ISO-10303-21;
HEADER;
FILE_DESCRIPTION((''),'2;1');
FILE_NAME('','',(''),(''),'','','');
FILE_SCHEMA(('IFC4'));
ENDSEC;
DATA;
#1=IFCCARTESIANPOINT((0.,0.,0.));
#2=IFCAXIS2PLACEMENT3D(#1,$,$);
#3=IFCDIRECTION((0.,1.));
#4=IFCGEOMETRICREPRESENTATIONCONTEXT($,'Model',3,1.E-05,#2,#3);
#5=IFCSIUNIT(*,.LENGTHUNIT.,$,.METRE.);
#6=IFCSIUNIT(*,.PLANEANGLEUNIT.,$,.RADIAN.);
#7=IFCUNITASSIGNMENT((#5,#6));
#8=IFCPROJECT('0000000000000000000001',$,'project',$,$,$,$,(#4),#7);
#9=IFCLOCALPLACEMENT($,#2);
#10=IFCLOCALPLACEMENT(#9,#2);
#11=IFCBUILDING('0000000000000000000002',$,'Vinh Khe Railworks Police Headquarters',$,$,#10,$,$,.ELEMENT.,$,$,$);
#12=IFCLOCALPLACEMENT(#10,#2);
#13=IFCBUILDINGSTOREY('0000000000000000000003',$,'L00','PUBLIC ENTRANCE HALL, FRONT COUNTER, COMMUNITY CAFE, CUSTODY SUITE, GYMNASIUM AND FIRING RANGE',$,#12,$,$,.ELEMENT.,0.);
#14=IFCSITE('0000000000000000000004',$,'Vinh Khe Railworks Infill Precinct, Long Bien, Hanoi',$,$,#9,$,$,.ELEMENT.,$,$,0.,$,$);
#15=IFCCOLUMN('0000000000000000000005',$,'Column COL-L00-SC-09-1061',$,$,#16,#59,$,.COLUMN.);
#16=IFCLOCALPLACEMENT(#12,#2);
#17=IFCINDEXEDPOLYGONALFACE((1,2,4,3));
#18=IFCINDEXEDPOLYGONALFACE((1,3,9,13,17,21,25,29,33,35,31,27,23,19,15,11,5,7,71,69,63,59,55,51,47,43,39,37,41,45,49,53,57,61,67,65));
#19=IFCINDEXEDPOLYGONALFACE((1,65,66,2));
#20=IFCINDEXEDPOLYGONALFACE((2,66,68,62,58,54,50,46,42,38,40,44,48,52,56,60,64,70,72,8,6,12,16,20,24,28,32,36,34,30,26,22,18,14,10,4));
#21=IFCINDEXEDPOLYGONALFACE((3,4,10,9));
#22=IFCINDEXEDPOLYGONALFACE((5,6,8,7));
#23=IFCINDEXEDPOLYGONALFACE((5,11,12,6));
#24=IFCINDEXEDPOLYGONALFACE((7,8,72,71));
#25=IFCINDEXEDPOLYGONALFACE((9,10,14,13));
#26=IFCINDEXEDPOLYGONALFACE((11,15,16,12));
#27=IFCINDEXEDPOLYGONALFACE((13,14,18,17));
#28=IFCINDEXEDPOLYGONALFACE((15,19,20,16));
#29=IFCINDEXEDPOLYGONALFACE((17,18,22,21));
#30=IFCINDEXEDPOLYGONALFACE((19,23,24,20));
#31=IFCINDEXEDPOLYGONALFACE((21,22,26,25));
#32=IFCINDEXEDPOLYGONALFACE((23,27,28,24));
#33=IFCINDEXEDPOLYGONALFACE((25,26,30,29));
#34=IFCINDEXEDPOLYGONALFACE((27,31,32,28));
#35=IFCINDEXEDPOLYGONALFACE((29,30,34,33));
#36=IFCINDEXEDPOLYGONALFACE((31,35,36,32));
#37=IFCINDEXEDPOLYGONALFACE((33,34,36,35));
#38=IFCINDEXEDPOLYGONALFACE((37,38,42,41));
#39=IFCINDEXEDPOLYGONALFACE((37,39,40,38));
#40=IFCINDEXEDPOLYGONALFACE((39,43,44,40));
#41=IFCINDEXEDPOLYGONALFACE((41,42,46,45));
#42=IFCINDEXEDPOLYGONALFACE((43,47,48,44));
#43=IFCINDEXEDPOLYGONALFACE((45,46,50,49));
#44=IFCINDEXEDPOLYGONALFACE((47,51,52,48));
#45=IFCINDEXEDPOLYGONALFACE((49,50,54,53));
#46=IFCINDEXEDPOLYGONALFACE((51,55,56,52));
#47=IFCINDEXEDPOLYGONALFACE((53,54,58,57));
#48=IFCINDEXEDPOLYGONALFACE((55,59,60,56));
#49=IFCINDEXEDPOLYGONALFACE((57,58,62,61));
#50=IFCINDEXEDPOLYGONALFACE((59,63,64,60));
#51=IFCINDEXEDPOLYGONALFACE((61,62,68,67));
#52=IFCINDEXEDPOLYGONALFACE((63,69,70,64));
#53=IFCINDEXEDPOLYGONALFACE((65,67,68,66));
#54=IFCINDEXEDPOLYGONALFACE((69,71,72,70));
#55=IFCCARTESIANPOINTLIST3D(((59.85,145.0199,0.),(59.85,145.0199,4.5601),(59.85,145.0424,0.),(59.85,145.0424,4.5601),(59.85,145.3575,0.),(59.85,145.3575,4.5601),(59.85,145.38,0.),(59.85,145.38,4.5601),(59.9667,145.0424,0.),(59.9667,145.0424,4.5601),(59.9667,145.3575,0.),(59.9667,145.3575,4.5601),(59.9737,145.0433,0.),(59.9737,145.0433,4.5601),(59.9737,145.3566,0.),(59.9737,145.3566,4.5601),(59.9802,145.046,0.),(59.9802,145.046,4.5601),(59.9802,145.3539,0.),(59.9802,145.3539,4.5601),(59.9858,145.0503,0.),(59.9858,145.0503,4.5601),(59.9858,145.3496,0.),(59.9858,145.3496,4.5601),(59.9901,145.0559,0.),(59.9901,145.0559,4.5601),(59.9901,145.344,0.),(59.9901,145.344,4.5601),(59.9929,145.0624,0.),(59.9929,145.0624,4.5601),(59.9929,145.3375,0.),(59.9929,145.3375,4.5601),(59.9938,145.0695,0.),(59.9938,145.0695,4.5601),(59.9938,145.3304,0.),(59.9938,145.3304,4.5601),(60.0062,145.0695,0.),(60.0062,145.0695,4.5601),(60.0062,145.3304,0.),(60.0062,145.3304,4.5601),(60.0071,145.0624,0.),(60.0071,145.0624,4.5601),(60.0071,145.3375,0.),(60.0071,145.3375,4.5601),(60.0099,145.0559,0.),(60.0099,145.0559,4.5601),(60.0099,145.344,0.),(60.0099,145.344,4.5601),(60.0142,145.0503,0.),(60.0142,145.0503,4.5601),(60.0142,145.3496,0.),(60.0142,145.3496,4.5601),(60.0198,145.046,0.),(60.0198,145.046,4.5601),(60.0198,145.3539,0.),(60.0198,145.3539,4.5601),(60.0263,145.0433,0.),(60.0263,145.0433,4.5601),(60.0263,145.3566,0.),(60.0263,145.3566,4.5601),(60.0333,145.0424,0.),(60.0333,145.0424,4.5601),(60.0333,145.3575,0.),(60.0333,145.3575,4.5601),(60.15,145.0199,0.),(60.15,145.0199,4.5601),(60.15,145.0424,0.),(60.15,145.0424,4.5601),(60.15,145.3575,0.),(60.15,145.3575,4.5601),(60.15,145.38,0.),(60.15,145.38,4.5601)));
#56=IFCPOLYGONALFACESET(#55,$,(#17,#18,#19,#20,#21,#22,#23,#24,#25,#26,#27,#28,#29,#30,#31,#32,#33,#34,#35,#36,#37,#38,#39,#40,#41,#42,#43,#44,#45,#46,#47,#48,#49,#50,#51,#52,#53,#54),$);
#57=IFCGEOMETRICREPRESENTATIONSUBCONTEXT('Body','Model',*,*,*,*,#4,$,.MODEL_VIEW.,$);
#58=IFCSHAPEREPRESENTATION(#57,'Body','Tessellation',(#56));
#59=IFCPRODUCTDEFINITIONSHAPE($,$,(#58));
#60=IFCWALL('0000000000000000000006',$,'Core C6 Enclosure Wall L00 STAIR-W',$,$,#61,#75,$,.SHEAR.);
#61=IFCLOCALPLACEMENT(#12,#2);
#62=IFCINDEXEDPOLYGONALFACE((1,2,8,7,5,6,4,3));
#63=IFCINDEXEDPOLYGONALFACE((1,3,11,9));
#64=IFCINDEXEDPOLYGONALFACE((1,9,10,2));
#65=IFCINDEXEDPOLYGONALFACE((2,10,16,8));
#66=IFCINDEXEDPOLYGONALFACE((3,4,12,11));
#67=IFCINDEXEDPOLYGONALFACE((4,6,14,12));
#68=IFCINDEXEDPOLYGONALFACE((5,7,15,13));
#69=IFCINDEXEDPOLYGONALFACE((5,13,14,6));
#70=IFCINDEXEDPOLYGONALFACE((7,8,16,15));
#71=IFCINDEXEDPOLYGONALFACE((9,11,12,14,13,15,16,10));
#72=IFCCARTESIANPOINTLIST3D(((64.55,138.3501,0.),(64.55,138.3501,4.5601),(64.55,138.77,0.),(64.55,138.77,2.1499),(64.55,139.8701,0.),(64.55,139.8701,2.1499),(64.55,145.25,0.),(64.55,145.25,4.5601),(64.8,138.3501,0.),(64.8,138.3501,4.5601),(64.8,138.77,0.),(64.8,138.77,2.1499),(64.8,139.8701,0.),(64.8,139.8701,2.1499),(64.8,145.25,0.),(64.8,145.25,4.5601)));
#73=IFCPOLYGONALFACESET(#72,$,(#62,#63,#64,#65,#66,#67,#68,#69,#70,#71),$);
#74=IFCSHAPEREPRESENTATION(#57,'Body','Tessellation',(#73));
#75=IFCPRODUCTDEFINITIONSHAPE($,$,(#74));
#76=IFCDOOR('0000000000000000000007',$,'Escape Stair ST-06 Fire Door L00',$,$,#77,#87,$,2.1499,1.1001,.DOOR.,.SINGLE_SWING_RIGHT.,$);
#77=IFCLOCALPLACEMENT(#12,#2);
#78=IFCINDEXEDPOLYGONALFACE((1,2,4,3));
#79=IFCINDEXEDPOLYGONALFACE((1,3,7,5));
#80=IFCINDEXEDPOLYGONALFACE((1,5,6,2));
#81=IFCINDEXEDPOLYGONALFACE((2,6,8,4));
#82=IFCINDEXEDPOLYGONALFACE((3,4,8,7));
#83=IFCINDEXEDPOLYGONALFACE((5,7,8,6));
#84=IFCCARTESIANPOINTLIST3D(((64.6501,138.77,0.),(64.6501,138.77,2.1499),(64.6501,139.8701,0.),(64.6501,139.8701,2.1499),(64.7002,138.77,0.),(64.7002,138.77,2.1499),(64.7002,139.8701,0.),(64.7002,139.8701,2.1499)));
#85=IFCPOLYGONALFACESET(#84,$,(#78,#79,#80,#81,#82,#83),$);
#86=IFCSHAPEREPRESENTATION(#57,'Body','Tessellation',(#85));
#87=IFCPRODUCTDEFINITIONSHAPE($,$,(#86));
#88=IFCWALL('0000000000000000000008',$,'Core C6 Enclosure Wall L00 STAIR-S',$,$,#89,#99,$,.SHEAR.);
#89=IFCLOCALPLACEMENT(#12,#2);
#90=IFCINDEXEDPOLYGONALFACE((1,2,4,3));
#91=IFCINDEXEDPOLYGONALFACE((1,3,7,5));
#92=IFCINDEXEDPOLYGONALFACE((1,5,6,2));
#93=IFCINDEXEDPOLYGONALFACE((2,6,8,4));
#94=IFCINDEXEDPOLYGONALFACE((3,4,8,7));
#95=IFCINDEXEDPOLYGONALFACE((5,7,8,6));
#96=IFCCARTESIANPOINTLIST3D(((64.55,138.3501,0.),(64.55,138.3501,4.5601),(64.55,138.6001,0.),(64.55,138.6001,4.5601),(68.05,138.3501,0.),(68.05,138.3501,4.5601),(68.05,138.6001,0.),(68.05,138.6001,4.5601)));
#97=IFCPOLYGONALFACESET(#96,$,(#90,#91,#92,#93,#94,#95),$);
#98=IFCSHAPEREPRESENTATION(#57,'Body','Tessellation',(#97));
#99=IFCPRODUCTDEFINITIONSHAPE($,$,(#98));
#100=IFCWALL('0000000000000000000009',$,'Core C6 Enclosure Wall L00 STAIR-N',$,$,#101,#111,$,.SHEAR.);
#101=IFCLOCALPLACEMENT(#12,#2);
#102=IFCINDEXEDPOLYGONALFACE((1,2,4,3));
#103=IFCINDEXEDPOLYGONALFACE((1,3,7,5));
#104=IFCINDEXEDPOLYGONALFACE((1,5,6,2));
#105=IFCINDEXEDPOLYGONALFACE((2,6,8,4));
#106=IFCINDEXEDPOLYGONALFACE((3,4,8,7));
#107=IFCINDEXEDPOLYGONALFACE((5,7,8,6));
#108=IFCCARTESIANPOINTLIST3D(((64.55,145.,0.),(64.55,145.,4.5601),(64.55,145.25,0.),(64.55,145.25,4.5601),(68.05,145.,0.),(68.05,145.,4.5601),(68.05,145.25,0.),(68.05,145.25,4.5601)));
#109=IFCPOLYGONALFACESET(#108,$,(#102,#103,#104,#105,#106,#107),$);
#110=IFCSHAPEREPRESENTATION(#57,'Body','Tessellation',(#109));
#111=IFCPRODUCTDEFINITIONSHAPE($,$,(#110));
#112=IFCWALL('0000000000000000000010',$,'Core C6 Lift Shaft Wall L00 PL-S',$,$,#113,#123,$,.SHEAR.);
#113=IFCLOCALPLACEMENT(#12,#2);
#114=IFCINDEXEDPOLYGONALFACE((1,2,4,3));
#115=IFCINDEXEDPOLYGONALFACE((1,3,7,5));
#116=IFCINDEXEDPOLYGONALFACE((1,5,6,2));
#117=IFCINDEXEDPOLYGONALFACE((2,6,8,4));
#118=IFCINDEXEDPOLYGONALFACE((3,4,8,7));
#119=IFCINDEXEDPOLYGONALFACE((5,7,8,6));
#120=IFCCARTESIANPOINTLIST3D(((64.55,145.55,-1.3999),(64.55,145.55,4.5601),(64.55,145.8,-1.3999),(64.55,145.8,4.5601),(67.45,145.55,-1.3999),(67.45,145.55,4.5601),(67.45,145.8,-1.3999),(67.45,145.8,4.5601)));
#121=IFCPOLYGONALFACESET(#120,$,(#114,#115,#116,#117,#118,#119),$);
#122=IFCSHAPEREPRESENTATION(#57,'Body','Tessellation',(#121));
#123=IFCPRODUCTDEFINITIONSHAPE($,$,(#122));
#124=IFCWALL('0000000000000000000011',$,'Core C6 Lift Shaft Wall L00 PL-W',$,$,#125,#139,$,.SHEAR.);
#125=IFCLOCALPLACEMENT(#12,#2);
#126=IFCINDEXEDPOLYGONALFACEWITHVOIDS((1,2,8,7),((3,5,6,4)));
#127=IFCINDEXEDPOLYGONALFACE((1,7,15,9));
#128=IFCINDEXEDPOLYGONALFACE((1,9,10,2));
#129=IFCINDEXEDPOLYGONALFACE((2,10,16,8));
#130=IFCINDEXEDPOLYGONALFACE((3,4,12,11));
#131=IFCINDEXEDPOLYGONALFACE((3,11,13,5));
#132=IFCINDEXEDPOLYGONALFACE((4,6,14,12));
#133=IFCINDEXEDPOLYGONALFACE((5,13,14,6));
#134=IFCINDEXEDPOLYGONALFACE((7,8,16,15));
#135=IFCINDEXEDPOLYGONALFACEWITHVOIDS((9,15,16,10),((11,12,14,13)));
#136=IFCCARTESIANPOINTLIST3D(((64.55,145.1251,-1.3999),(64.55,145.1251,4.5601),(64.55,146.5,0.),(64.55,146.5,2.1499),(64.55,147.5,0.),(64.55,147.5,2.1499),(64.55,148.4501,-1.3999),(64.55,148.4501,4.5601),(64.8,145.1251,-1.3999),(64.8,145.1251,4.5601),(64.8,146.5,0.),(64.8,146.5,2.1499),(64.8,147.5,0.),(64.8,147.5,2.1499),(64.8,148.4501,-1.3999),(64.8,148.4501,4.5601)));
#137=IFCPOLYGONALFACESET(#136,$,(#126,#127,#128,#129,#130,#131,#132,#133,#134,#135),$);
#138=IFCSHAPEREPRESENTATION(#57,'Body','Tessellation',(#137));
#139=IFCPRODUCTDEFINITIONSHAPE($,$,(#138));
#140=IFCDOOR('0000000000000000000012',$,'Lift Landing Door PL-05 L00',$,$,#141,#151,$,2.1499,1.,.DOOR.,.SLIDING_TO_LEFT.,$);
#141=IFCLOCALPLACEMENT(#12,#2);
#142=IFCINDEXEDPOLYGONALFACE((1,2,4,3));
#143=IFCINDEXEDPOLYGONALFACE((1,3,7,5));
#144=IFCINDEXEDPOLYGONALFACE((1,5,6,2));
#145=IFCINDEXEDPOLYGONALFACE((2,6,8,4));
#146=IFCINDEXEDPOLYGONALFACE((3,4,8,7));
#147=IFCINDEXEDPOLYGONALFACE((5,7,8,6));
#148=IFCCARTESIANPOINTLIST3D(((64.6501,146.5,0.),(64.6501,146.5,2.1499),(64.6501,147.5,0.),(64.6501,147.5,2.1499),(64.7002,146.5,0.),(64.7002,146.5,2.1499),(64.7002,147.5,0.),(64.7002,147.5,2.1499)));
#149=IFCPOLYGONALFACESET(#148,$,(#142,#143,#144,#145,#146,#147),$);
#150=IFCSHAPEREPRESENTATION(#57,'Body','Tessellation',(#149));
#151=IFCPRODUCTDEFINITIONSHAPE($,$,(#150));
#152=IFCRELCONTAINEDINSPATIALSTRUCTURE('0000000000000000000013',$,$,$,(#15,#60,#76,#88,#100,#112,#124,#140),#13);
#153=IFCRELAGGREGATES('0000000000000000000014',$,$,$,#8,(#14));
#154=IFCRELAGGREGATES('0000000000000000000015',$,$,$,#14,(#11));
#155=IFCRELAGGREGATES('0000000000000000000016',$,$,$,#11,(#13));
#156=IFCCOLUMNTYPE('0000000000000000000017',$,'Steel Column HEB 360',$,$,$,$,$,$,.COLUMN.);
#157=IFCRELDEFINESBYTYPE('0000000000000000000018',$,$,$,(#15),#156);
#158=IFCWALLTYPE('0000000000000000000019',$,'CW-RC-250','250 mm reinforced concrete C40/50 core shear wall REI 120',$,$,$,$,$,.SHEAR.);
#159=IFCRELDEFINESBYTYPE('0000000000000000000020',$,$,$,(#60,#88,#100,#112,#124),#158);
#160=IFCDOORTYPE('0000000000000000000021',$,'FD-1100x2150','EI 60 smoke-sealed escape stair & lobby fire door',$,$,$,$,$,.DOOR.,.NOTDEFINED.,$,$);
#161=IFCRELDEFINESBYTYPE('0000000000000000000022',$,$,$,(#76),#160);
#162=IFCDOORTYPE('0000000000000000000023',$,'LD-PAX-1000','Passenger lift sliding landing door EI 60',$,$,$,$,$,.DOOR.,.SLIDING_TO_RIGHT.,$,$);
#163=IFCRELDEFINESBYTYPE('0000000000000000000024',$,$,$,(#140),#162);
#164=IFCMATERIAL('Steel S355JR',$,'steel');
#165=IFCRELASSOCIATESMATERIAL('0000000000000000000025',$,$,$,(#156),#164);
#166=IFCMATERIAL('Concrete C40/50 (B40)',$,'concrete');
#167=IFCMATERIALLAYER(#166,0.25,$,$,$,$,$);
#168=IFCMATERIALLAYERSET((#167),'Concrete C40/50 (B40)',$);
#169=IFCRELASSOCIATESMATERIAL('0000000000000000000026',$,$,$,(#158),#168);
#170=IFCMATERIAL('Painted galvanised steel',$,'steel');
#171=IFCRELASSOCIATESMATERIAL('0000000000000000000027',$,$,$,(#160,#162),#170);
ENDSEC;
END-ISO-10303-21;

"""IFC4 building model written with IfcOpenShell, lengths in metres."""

from ifc_helpers import new_model, si_unit, direction, frame, frame_2d, origin, origin_2d, place, context, subcontext, project, spatial, rectangle, i_section, extrude, material, layer, layer_set, material_profile, profile_set, type_object, element, fill, save


model = new_model("IFC4")

# Units and contexts
model_context = context("Model", 3, precision=1e-05, world=origin(), true_north=direction((0.0, 1.0)))
body_context = subcontext(model_context, "Body", "Model", "MODEL_VIEW")
ifc_project = project(units=[si_unit("LENGTHUNIT", "METRE"), si_unit("PLANEANGLEUNIT", "RADIAN")], contexts=[model_context])

# Site, building, storey
site_placement = place(None, origin())
site = spatial("IfcSite", under=ifc_project, at=site_placement, Name="Vinh Khe Railworks Infill Precinct, Long Bien, Hanoi", CompositionType="ELEMENT", RefElevation=0.0)
building_placement = place(site_placement, origin())
building = spatial("IfcBuilding", under=site, at=building_placement, Name="Vinh Khe Railworks Police Headquarters", CompositionType="ELEMENT")
storey_placement = place(building_placement, origin())
storey = spatial("IfcBuildingStorey", under=building, at=storey_placement, Name="L00", Description="PUBLIC ENTRANCE HALL, FRONT COUNTER, COMMUNITY CAFE, CUSTODY SUITE, GYMNASIUM AND FIRING RANGE", CompositionType="ELEMENT", Elevation=0.0)

# Column
ifc_material_1 = material(Name="Concrete C40/50 (B40)", Category="concrete")
ifc_material_2 = material(Name="Steel S355JR", Category="steel")
ifc_material_profile_1 = material_profile(ifc_material_2, i_section(OverallWidth=0.3, OverallDepth=0.3601, WebThickness=0.0125, FlangeThickness=0.0225, FilletRadius=0.0271, at=origin_2d()), Name="HEB 360")
ifc_profile_set_1 = profile_set([ifc_material_profile_1], Name="Steel S355JR")
column_type_1 = type_object("IfcColumnType", Name="Steel Column HEB 360", PredefinedType="COLUMN", material=ifc_profile_set_1)
column_1_placement = place(storey_placement, frame((60.0, 145.2, 0.0), z_axis=(0.0, 0.0, 1.0), x_axis=(1.0, 0.0, 0.0)))
element("IfcColumn", 1, at=column_1_placement, inside=storey, type_object=column_type_1, Name="Column COL-L00-SC-09-1061", PredefinedType="COLUMN", context=body_context, shape_type="SweptSolid", body=[
    extrude(i_section(OverallWidth=0.3, OverallDepth=0.3601, WebThickness=0.0125, FlangeThickness=0.0225, FilletRadius=0.0271, at=origin_2d()), origin(), (0.0, 0.0, 1.0), 4.5601),
])

# Wall, opening, door
ifc_layer = layer(ifc_material_1, 0.25)
ifc_layer_set = layer_set([ifc_layer], Name="Concrete C40/50 (B40)")
wall_type = type_object("IfcWallType", Name="CW-RC-250", Description="250 mm reinforced concrete C40/50 core shear wall REI 120", PredefinedType="SHEAR", material=ifc_layer_set)
wall_1_placement = place(storey_placement, frame((64.675, 138.3501, 0.0), z_axis=(0.0, 0.0, 1.0), x_axis=(0.0, 1.0, 0.0)))
wall_1 = element("IfcWall", 2, at=wall_1_placement, inside=storey, type_object=wall_type, Name="Core C6 Enclosure Wall L00 STAIR-W", PredefinedType="SHEAR", context=body_context, shape_type="SweptSolid", body=[
    extrude(rectangle(XDim=6.8999, YDim=0.25, at=frame_2d((3.45, 0.0))), origin(), (0.0, 0.0, 1.0), 4.5601),
])
opening_1_placement = place(wall_1_placement, frame((0.4199, 0.0, 0.0)))
opening_1 = element("IfcOpeningElement", 3, at=opening_1_placement, cuts=wall_1, PredefinedType="OPENING", context=body_context, shape_type="SweptSolid", body=[
    extrude(rectangle(XDim=1.1001, YDim=2.1499, at=frame_2d((0.55, 1.075))), frame((0.0, 0.1399, 0.0), z_axis=(0.0, -1.0, 0.0), x_axis=(1.0, 0.0, 0.0)), (0.0, 0.0, 1.0), 0.2798),
])
ifc_material_3 = material(Name="Painted galvanised steel", Category="steel")
door_type_1 = type_object("IfcDoorType", Name="FD-1100x2150", Description="EI 60 smoke-sealed escape stair & lobby fire door", OperationType="NOTDEFINED", PredefinedType="DOOR", material=ifc_material_3)
door_1_placement = place(opening_1_placement, origin())
door_1 = element("IfcDoor", 4, at=door_1_placement, inside=storey, type_object=door_type_1, Name="Escape Stair ST-06 Fire Door L00", OperationType="SINGLE_SWING_RIGHT", OverallHeight=2.1499, OverallWidth=1.1001, PredefinedType="DOOR", context=body_context, shape_type="SweptSolid", body=[
    extrude(rectangle(XDim=1.1001, YDim=2.1499, at=frame_2d((0.55, 1.075))), frame((0.0, 0.0249, 0.0), z_axis=(0.0, -1.0, 0.0), x_axis=(1.0, 0.0, 0.0)), (0.0, 0.0, 1.0), 0.05),
])
fill(opening_1, door_1)

# Walls
for number, where, z_axis, x_axis, name in (
    (5, (64.55, 138.4751, 0.0), (0.0, 0.0, 1.0), (1.0, 0.0, 0.0), "Core C6 Enclosure Wall L00 STAIR-S"),
    (6, (64.55, 145.125, 0.0), (0.0, 0.0, 1.0), (1.0, 0.0, 0.0), "Core C6 Enclosure Wall L00 STAIR-N"),
):
    element("IfcWall", number, at=place(storey_placement, frame(where, z_axis=z_axis, x_axis=x_axis)), inside=storey, type_object=wall_type, Name=name, PredefinedType="SHEAR", context=body_context, shape_type="SweptSolid", body=[
        extrude(rectangle(XDim=3.5, YDim=0.25, at=frame_2d((1.75, 0.0))), origin(), (0.0, 0.0, 1.0), 4.5601),
    ])
wall_2_placement = place(storey_placement, frame((64.55, 145.675, -1.3999), z_axis=(0.0, 0.0, 1.0), x_axis=(1.0, 0.0, 0.0)))
element("IfcWall", 7, at=wall_2_placement, inside=storey, type_object=wall_type, Name="Core C6 Lift Shaft Wall L00 PL-S", PredefinedType="SHEAR", context=body_context, shape_type="SweptSolid", body=[
    extrude(rectangle(XDim=2.8999, YDim=0.25, at=frame_2d((1.45, 0.0))), origin(), (0.0, 0.0, 1.0), 5.96),
])

# Wall, opening, door
wall_3_placement = place(storey_placement, frame((64.675, 145.125, -1.3999), z_axis=(0.0, 0.0, 1.0), x_axis=(0.0, 1.0, 0.0)))
wall_3 = element("IfcWall", 8, at=wall_3_placement, inside=storey, type_object=wall_type, Name="Core C6 Lift Shaft Wall L00 PL-W", PredefinedType="SHEAR", context=body_context, shape_type="SweptSolid", body=[
    extrude(rectangle(XDim=3.325, YDim=0.25, at=frame_2d((1.6626, 0.0))), origin(), (0.0, 0.0, 1.0), 5.96),
])
opening_2_placement = place(wall_3_placement, frame((1.375, 0.0, 1.3999)))
opening_2 = element("IfcOpeningElement", 9, at=opening_2_placement, cuts=wall_3, PredefinedType="OPENING", context=body_context, shape_type="SweptSolid", body=[
    extrude(rectangle(XDim=1.0, YDim=2.1499, at=frame_2d((0.5, 1.075))), frame((0.0, 0.1399, 0.0), z_axis=(0.0, -1.0, 0.0), x_axis=(1.0, 0.0, 0.0)), (0.0, 0.0, 1.0), 0.2798),
])
door_type_2 = type_object("IfcDoorType", Name="LD-PAX-1000", Description="Passenger lift sliding landing door EI 60", OperationType="SLIDING_TO_RIGHT", PredefinedType="DOOR", material=ifc_material_3)
door_2_placement = place(opening_2_placement, origin())
door_2 = element("IfcDoor", 10, at=door_2_placement, inside=storey, type_object=door_type_2, Name="Lift Landing Door PL-05 L00", OperationType="SLIDING_TO_LEFT", OverallHeight=2.1499, OverallWidth=1.0, PredefinedType="DOOR", context=body_context, shape_type="SweptSolid", body=[
    extrude(rectangle(XDim=1.0, YDim=2.1499, at=frame_2d((0.5, 1.075))), frame((0.0, 0.0249, 0.0), z_axis=(0.0, -1.0, 0.0), x_axis=(1.0, 0.0, 0.0)), (0.0, 0.0, 1.0), 0.05),
])
fill(opening_2, door_2)

save(model, "model.ifc")
